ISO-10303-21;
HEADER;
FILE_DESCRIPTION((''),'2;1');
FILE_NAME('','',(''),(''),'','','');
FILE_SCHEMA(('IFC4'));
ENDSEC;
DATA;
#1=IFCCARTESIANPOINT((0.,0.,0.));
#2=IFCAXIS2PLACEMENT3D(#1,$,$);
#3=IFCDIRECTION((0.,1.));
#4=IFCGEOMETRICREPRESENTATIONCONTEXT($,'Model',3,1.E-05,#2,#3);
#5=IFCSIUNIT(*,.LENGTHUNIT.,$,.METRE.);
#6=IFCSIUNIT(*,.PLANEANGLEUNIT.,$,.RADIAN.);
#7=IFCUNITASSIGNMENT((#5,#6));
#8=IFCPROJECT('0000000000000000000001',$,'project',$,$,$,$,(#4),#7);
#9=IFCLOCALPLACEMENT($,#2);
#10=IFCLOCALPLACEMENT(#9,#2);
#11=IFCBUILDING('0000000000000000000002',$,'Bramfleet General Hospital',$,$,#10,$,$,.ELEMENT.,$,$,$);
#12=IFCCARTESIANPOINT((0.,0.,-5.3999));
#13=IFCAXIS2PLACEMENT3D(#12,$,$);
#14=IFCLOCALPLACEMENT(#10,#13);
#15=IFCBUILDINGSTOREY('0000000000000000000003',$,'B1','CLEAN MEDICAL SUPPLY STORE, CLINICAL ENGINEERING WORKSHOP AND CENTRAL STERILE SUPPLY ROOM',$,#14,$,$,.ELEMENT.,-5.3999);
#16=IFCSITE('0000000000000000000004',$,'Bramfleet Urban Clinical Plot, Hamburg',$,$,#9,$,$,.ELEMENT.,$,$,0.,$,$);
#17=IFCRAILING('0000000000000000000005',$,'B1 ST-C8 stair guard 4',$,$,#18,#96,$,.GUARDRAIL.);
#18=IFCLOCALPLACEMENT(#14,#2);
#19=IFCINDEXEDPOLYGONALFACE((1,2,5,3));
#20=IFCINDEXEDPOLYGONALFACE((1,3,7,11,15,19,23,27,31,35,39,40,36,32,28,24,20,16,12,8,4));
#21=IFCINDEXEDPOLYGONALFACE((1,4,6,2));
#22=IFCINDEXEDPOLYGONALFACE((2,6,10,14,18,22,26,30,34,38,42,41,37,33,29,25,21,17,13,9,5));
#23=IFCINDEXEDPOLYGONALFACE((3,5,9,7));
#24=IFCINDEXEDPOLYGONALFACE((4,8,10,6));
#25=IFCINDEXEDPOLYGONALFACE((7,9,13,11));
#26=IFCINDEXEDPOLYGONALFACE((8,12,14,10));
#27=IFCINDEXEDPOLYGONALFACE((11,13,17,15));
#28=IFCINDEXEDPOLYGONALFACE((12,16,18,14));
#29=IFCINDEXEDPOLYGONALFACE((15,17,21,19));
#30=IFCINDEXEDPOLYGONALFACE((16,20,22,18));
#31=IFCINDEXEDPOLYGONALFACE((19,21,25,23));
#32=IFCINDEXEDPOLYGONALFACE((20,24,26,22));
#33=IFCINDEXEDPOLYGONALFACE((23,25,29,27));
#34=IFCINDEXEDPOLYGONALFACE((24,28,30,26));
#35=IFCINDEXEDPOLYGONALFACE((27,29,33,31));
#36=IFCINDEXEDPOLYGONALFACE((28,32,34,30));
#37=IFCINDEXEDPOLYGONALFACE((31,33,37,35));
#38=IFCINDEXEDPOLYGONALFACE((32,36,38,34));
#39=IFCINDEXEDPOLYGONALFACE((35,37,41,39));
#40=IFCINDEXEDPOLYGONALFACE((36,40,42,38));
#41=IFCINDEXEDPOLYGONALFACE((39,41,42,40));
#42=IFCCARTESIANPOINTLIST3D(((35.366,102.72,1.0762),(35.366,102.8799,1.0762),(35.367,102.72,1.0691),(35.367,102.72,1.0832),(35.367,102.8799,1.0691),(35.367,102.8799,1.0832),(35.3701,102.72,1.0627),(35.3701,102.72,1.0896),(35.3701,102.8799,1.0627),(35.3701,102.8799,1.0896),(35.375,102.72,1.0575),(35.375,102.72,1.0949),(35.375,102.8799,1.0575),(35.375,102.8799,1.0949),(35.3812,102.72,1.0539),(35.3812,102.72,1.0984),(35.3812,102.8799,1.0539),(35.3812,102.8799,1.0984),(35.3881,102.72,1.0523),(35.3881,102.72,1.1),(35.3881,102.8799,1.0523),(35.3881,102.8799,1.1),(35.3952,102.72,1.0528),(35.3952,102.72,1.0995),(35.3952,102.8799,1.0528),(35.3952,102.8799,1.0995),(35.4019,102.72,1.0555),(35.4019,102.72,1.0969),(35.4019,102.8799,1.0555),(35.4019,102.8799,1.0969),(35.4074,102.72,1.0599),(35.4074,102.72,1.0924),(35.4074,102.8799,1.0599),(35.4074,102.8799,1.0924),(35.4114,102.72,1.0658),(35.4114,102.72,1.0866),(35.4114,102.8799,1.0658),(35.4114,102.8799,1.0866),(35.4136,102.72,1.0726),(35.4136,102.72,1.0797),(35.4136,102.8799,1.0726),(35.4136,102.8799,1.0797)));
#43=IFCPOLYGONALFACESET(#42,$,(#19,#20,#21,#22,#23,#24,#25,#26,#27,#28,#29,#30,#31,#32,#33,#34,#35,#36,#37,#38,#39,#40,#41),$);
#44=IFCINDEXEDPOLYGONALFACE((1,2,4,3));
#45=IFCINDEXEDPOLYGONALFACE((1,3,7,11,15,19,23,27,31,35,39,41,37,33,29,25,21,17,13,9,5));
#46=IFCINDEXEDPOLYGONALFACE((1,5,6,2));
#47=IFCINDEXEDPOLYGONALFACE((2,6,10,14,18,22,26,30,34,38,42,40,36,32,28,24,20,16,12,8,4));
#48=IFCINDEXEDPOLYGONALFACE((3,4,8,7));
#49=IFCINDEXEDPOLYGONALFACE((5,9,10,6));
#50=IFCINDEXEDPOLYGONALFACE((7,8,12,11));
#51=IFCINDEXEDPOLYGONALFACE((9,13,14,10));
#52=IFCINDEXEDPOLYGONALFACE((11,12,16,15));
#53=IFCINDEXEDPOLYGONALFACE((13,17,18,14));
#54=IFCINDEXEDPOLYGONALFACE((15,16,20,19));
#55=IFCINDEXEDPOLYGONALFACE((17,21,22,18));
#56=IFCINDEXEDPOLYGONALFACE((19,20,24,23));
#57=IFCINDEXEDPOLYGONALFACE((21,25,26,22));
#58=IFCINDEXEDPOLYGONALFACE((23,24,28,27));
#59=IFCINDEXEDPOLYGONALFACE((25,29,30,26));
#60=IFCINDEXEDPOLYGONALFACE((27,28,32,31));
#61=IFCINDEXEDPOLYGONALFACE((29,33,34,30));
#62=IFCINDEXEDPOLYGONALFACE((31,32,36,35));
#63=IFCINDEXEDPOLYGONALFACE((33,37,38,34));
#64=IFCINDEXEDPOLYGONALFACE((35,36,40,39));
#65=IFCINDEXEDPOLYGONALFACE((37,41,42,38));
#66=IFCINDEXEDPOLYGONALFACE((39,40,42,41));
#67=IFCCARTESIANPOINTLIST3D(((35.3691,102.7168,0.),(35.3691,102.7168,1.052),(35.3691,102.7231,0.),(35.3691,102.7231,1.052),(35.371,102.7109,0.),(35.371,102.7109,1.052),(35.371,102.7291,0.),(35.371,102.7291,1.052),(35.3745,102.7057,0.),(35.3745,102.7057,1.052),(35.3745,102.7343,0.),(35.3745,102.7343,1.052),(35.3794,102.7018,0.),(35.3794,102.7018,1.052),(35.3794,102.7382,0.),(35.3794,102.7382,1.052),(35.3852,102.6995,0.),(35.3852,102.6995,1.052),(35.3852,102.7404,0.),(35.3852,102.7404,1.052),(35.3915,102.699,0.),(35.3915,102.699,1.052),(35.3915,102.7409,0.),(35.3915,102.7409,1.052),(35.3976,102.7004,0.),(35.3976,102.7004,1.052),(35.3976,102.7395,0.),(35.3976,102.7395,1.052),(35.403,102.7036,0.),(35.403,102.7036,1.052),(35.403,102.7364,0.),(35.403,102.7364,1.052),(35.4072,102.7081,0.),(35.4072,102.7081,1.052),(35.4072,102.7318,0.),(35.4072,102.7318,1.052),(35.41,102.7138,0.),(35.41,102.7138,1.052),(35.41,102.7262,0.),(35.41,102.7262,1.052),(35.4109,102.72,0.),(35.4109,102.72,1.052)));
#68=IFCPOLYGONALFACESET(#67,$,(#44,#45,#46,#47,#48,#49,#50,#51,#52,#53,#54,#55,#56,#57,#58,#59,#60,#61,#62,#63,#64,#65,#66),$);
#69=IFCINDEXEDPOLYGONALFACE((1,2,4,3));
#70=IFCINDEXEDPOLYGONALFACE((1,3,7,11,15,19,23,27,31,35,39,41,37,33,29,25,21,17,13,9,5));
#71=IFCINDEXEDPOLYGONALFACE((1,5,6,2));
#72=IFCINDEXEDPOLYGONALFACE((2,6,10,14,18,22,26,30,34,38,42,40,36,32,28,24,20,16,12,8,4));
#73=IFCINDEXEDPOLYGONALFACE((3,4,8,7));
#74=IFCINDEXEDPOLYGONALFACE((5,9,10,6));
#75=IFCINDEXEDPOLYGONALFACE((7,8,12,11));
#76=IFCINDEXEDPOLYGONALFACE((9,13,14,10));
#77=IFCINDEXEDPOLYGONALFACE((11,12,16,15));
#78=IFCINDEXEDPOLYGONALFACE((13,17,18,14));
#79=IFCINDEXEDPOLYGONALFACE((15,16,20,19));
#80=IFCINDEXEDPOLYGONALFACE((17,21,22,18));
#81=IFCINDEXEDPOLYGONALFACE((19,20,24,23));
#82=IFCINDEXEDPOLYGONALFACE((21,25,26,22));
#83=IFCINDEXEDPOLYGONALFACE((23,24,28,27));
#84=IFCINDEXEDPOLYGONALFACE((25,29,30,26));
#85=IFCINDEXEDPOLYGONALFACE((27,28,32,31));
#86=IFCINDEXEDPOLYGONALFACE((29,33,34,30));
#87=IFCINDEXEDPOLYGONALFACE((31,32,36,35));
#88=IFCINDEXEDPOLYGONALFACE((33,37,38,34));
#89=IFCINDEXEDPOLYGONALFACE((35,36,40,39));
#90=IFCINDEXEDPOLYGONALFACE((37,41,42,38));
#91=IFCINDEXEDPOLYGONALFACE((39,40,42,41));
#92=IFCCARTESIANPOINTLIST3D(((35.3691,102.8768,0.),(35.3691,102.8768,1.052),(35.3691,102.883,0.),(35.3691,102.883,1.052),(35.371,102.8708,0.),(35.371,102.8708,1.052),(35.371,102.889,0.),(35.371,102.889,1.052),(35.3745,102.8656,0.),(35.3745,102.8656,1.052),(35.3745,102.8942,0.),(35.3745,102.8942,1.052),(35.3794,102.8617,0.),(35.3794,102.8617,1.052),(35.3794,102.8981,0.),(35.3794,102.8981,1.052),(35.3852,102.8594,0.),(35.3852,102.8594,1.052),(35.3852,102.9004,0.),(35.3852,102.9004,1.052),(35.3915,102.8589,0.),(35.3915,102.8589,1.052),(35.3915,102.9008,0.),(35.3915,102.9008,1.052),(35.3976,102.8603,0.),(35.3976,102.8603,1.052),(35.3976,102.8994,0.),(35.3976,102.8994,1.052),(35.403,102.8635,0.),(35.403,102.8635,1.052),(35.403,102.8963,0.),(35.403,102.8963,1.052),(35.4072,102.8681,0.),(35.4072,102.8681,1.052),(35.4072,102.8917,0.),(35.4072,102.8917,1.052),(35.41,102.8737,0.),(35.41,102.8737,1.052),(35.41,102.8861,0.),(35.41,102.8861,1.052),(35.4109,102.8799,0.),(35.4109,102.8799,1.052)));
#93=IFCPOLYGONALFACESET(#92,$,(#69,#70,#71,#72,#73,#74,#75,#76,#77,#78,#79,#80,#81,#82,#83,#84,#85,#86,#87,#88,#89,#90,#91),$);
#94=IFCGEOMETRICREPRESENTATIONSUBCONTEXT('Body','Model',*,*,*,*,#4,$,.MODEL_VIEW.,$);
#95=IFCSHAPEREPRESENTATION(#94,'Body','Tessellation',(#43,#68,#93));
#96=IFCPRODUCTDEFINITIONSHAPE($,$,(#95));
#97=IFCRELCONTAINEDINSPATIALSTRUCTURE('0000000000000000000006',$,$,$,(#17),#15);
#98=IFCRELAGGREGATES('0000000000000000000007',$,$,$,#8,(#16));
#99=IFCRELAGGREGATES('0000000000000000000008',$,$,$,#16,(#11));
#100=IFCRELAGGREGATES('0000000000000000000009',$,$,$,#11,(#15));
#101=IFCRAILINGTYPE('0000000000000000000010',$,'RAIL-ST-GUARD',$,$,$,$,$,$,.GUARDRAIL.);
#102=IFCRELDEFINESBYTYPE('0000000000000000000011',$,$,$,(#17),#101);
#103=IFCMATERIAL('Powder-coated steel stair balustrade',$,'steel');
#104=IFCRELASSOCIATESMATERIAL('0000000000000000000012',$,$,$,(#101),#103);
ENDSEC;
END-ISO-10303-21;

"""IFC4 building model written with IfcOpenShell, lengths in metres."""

from ifc_helpers import new_model, si_unit, direction, frame, origin, origin_2d, place, context, subcontext, project, spatial, circle, extrude, material, type_object, element, save


model = new_model("IFC4")

# Units and contexts
model_context = context("Model", 3, precision=1e-05, world=origin(), true_north=direction((0.0, 1.0)))
body_context = subcontext(model_context, "Body", "Model", "MODEL_VIEW")
ifc_project = project(units=[si_unit("LENGTHUNIT", "METRE"), si_unit("PLANEANGLEUNIT", "RADIAN")], contexts=[model_context])

# Site, building, storey
site_placement = place(None, origin())
site = spatial("IfcSite", under=ifc_project, at=site_placement, Name="Bramfleet Urban Clinical Plot, Hamburg", CompositionType="ELEMENT", RefElevation=0.0)
building_placement = place(site_placement, origin())
building = spatial("IfcBuilding", under=site, at=building_placement, Name="Bramfleet General Hospital", CompositionType="ELEMENT")
storey_placement = place(building_placement, frame((0.0, 0.0, -5.3999)))
storey = spatial("IfcBuildingStorey", under=building, at=storey_placement, Name="B1", Description="CLEAN MEDICAL SUPPLY STORE, CLINICAL ENGINEERING WORKSHOP AND CENTRAL STERILE SUPPLY ROOM", CompositionType="ELEMENT", Elevation=-5.3999)

# Railing
ifc_material_1 = material(Name="Powder-coated steel stair balustrade", Category="steel")
railing_type_1 = type_object("IfcRailingType", Name="RAIL-ST-GUARD", PredefinedType="GUARDRAIL", material=ifc_material_1)
railing_1_placement = place(storey_placement, frame((35.3899, 102.72, 0.0)))
element("IfcRailing", 1, at=railing_1_placement, inside=storey, type_object=railing_type_1, Name="B1 ST-C8 stair guard 4", PredefinedType="GUARDRAIL", context=body_context, shape_type="SweptSolid", body=[
    extrude(circle(Radius=0.0239, at=origin_2d()), frame((0.0, 0.0, 1.0762), z_axis=(0.0, 1.0, 0.0), x_axis=(-1.0, 0.0, 0.0)), (0.0, 0.0, 1.0), 0.1599),
    extrude(circle(Radius=0.021, at=origin_2d()), origin(), (0.0, 0.0, 1.0), 1.052),
    extrude(circle(Radius=0.021, at=origin_2d()), frame((0.0, 0.1599, 0.0)), (0.0, 0.0, 1.0), 1.052),
])

save(model, "model.ifc")
